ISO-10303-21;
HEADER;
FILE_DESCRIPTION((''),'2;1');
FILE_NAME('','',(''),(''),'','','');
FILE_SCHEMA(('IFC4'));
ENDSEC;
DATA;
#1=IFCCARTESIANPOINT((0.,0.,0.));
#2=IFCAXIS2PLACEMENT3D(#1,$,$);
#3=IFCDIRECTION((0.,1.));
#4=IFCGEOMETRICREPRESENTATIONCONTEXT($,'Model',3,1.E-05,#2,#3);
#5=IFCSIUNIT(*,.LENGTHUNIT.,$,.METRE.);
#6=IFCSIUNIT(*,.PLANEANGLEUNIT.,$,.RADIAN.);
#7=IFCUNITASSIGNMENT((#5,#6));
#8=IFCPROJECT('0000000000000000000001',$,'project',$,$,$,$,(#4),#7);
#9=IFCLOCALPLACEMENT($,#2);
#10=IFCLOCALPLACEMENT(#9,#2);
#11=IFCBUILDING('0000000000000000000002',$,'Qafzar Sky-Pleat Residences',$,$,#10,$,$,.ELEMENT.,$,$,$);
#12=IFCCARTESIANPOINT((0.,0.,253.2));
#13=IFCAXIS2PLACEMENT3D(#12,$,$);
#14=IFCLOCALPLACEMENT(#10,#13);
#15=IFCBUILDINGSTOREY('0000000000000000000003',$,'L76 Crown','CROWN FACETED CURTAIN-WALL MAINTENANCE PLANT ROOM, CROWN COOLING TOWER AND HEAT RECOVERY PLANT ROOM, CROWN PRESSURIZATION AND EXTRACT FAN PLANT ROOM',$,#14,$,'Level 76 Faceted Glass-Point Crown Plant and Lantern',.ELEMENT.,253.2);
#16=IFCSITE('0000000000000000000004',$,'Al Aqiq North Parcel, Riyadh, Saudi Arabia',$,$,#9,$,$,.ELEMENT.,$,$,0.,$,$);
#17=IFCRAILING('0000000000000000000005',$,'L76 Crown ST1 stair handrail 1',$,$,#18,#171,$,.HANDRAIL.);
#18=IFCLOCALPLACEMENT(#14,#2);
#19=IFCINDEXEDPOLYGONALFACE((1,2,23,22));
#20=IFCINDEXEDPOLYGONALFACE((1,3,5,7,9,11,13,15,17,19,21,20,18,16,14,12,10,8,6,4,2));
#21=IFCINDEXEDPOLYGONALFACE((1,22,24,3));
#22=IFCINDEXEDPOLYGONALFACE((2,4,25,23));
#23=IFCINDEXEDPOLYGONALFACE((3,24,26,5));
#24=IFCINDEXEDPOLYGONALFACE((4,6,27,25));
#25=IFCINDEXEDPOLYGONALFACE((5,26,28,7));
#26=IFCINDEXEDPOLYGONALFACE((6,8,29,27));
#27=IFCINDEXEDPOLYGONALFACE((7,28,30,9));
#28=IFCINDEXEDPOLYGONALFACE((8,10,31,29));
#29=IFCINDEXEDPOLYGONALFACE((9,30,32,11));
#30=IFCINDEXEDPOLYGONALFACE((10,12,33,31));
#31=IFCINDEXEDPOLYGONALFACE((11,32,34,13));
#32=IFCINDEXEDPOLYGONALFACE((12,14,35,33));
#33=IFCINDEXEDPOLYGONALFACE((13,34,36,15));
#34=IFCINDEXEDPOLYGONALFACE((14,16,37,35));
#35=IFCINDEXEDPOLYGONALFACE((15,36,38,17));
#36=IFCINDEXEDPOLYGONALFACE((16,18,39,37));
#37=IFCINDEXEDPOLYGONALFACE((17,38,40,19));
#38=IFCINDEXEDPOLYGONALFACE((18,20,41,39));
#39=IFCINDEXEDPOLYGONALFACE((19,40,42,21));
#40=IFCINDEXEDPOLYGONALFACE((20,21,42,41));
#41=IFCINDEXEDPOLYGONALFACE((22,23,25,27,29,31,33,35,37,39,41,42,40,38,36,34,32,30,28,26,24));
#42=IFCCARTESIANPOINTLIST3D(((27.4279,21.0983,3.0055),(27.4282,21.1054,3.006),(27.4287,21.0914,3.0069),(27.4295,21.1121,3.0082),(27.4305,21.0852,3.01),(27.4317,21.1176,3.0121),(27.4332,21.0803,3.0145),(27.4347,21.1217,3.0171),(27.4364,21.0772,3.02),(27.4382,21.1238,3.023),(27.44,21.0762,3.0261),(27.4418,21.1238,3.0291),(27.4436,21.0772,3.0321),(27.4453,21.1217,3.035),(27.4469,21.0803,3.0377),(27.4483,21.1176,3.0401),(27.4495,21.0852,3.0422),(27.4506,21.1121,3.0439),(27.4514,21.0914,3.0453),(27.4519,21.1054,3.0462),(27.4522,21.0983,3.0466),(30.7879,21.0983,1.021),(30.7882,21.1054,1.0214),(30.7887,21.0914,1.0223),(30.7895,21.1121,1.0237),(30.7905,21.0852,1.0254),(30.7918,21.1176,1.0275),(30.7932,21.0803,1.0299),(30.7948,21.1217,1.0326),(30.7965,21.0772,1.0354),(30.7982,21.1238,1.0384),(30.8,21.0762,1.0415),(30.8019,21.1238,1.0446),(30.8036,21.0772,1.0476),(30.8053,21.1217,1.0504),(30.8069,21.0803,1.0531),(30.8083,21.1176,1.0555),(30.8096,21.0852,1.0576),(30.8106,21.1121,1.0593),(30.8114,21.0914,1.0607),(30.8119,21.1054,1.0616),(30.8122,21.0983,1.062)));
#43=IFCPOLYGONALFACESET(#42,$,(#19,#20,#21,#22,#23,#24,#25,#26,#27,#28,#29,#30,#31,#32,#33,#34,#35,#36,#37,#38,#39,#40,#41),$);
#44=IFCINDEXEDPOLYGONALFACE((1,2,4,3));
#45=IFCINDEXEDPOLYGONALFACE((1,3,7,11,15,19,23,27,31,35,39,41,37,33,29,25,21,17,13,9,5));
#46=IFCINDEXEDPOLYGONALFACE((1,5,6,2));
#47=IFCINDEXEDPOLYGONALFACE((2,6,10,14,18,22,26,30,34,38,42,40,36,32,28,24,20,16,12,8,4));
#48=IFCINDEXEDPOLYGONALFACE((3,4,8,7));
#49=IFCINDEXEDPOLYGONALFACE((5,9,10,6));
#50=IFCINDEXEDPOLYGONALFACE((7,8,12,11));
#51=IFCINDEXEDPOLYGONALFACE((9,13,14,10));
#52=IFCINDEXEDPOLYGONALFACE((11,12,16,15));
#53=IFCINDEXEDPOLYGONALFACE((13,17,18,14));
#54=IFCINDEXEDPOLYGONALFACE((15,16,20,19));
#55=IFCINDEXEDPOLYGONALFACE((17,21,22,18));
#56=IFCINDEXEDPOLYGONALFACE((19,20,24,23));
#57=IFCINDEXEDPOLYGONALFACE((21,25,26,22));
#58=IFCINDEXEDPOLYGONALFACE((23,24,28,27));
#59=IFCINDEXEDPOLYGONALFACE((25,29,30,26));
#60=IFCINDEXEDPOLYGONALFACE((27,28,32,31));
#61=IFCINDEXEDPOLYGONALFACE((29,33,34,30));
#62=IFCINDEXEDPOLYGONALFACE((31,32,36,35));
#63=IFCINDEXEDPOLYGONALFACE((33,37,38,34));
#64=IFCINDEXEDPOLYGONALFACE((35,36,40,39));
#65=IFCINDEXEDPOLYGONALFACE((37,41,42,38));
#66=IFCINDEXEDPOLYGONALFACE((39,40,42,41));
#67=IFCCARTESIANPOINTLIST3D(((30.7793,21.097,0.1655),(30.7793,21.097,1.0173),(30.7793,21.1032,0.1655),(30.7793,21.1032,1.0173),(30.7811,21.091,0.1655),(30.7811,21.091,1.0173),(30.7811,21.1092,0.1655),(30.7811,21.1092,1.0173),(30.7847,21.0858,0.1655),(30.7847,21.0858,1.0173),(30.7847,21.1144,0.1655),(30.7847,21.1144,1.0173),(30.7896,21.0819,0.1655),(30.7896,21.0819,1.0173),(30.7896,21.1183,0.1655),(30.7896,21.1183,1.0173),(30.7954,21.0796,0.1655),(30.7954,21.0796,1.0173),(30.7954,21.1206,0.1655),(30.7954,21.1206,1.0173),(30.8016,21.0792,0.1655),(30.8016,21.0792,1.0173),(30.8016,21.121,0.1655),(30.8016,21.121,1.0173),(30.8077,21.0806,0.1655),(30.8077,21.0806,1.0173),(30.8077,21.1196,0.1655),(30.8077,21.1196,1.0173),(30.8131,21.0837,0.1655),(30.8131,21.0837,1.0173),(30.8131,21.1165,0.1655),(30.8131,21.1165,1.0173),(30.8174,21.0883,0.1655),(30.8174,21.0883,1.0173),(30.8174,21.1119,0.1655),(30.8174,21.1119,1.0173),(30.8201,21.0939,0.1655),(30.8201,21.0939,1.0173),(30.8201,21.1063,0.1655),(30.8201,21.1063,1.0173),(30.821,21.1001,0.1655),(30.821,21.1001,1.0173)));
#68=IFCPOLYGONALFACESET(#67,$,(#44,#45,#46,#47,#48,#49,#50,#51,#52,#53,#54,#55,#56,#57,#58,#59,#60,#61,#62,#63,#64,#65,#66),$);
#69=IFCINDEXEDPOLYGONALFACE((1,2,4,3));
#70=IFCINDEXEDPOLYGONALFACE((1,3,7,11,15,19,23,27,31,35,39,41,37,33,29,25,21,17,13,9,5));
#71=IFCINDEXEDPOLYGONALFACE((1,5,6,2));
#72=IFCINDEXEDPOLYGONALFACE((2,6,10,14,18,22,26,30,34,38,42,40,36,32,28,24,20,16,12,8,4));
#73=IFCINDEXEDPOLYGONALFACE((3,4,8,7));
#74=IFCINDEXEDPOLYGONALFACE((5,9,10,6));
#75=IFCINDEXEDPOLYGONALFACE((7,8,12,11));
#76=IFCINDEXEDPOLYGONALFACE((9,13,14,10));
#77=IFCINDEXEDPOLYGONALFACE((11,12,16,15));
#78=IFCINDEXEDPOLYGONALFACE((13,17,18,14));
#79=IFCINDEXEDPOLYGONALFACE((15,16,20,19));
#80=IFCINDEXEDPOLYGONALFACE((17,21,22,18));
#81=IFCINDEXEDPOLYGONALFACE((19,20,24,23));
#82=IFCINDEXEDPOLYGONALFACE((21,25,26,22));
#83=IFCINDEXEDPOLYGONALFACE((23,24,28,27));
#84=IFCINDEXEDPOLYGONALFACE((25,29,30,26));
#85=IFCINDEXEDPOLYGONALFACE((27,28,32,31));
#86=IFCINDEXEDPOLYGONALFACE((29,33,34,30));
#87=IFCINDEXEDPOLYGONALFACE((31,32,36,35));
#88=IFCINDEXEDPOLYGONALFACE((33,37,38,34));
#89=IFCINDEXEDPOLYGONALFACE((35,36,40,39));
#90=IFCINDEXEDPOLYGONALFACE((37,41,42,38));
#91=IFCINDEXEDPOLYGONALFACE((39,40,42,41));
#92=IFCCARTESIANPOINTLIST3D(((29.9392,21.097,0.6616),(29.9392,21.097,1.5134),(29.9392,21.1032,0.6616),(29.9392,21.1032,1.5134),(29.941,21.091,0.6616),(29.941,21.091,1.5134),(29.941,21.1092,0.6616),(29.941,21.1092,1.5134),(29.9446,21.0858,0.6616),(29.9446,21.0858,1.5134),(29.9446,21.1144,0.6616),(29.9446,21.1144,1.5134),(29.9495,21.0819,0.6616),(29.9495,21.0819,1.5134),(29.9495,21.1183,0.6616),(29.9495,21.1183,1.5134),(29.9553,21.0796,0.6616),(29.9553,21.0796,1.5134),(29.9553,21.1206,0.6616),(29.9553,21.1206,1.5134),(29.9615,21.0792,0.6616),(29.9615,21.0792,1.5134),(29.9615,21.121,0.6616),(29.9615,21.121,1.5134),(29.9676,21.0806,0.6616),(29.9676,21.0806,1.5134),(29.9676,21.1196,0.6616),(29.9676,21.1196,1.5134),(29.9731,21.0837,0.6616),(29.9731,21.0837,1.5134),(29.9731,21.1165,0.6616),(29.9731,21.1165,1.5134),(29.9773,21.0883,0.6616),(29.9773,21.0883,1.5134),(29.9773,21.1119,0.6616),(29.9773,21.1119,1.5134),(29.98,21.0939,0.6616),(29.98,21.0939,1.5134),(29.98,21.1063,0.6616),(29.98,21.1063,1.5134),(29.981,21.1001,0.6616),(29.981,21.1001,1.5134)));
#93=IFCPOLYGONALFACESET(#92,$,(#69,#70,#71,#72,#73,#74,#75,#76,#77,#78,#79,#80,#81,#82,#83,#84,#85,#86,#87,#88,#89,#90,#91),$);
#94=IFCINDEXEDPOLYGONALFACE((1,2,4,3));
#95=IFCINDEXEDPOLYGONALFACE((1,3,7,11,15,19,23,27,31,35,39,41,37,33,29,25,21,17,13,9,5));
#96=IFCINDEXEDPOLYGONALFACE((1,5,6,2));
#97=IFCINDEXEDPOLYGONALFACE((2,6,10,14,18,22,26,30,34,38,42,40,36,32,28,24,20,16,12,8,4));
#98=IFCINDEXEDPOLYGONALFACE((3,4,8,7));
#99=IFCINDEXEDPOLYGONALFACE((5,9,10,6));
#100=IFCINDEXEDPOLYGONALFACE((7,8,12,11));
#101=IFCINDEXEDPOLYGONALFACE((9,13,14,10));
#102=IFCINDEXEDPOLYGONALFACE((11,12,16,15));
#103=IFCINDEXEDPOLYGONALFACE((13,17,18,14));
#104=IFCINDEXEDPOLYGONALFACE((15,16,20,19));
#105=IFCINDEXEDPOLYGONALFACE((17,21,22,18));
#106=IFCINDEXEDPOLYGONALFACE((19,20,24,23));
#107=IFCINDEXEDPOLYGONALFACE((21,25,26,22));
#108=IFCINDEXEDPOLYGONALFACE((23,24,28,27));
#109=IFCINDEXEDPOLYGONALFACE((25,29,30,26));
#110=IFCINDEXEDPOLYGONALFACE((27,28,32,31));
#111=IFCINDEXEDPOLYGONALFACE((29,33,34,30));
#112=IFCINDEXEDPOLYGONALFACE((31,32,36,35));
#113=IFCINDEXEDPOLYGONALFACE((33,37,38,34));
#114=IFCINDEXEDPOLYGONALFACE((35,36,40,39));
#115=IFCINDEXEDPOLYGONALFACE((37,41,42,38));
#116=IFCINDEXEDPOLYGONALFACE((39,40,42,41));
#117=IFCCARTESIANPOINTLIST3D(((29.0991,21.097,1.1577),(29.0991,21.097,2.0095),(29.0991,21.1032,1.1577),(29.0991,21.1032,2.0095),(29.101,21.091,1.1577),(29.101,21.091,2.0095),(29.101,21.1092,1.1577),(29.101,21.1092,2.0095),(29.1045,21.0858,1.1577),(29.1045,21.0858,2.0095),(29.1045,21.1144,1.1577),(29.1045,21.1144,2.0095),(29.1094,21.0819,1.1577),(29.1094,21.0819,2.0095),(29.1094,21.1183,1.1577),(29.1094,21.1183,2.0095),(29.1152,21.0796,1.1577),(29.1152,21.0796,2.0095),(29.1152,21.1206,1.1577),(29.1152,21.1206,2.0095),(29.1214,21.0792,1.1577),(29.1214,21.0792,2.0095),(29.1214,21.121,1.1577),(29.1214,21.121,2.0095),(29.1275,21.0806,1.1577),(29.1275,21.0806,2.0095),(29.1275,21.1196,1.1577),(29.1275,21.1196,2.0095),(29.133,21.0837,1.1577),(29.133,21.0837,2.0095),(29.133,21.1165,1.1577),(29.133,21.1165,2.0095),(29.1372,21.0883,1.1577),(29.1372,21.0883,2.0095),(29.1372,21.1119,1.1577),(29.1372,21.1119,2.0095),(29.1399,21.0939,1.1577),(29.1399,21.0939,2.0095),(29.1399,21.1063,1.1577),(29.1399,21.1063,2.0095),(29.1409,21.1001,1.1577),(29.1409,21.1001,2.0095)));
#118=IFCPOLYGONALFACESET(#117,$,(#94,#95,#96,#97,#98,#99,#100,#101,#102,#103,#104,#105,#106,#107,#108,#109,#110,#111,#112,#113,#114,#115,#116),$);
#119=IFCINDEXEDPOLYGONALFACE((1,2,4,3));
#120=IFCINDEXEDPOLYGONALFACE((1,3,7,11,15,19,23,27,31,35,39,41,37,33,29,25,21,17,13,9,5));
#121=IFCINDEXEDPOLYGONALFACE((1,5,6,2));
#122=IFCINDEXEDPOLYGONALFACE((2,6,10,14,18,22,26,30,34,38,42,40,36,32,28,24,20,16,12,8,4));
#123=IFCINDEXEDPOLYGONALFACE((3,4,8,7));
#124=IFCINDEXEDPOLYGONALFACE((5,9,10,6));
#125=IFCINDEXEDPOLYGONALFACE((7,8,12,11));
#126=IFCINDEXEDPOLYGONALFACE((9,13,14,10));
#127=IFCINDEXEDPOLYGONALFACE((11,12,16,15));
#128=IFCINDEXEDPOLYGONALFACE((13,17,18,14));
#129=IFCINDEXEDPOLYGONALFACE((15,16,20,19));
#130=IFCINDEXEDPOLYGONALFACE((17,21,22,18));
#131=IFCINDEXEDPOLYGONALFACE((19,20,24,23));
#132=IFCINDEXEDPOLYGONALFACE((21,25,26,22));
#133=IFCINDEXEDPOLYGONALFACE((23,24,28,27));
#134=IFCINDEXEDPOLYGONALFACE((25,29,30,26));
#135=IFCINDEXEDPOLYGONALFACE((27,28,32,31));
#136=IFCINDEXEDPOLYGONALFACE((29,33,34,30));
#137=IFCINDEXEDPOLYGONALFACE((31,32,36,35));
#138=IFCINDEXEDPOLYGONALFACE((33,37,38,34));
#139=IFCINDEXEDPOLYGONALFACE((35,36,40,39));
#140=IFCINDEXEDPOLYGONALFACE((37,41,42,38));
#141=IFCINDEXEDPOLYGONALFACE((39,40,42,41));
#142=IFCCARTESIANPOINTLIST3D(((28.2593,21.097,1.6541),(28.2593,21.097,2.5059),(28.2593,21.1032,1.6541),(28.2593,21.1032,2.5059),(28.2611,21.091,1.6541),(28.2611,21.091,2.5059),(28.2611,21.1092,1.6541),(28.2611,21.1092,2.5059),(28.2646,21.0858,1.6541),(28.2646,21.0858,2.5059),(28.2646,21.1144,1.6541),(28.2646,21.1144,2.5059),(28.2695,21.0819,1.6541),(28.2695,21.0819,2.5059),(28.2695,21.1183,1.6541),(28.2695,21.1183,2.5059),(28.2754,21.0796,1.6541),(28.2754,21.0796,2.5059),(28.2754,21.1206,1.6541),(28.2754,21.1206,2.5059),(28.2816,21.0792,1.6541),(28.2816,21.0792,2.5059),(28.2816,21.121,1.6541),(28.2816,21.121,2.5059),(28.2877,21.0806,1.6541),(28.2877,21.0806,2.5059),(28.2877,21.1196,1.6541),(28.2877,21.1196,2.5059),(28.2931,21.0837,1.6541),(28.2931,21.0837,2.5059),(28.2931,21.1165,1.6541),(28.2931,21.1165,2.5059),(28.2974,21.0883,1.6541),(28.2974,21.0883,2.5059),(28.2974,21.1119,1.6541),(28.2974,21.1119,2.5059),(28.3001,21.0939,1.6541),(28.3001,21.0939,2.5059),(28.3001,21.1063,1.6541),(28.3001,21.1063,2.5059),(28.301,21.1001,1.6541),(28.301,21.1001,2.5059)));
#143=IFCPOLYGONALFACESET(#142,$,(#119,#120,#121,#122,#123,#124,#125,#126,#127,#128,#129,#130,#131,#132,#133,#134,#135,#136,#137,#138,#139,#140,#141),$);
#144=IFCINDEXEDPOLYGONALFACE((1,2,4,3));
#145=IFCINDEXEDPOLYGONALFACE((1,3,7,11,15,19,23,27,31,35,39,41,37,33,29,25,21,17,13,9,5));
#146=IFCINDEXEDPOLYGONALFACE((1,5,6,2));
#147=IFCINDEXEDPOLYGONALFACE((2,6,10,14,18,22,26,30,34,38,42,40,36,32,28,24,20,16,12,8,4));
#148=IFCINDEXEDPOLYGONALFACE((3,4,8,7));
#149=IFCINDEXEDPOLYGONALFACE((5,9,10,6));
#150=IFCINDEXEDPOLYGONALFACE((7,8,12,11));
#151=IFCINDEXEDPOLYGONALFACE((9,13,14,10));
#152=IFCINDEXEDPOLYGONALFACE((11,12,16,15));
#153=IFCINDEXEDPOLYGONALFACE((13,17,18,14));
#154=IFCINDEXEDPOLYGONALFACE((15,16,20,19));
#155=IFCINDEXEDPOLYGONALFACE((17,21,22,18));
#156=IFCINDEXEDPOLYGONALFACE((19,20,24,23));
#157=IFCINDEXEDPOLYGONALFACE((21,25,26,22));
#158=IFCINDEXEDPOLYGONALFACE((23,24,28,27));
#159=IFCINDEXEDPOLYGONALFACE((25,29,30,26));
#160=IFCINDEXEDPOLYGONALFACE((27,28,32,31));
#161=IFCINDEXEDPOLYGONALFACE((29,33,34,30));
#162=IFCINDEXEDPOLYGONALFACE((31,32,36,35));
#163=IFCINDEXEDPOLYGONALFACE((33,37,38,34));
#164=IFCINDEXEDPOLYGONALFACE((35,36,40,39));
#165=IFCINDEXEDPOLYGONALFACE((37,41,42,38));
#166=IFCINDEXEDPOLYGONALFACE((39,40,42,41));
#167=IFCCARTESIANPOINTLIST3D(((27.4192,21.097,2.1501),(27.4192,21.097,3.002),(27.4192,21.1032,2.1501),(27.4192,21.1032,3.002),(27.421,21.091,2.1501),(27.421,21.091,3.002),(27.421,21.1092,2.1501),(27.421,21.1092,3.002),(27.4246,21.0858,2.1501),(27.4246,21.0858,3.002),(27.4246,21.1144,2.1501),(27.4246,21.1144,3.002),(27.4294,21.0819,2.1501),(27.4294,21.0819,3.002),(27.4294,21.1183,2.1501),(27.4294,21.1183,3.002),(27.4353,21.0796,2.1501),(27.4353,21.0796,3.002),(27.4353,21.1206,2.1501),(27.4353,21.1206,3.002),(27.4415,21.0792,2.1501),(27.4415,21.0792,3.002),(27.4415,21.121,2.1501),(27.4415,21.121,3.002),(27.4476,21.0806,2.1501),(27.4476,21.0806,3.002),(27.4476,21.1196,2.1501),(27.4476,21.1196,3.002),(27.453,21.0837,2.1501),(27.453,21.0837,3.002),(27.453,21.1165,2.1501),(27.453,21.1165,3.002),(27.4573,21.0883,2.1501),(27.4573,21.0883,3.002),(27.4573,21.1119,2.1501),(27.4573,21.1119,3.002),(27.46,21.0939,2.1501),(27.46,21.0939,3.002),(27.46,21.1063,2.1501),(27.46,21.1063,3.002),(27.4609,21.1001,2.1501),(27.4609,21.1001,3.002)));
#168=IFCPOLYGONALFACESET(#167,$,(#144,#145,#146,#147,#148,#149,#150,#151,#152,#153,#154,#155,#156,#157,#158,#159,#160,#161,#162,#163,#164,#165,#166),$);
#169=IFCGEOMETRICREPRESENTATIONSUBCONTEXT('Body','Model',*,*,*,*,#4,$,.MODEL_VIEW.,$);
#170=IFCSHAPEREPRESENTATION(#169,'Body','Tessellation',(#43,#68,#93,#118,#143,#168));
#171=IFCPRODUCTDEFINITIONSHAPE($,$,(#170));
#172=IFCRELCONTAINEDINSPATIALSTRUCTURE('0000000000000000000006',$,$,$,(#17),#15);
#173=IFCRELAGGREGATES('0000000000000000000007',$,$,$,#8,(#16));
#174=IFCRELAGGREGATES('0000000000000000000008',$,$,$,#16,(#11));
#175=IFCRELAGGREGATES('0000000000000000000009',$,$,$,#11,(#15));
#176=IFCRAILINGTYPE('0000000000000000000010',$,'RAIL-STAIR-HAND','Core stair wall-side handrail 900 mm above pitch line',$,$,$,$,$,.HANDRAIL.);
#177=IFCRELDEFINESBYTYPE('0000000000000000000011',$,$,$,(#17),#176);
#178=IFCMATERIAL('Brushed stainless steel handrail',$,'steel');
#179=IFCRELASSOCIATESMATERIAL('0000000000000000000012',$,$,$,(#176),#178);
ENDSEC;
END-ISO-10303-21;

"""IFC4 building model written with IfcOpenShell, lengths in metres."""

from ifc_helpers import new_model, si_unit, direction, frame, origin, origin_2d, place, context, subcontext, project, spatial, circle, extrude, source, transform, mapped, material, type_object, element, save


model = new_model("IFC4")

# Units and contexts
model_context = context("Model", 3, precision=1e-05, world=origin(), true_north=direction((0.0, 1.0)))
body_context = subcontext(model_context, "Body", "Model", "MODEL_VIEW")
ifc_project = project(units=[si_unit("LENGTHUNIT", "METRE"), si_unit("PLANEANGLEUNIT", "RADIAN")], contexts=[model_context])

# Site, building, storey
site_placement = place(None, origin())
site = spatial("IfcSite", under=ifc_project, at=site_placement, Name="Al Aqiq North Parcel, Riyadh, Saudi Arabia", CompositionType="ELEMENT", RefElevation=0.0)
building_placement = place(site_placement, origin())
building = spatial("IfcBuilding", under=site, at=building_placement, Name="Qafzar Sky-Pleat Residences", CompositionType="ELEMENT")
storey_placement = place(building_placement, frame((0.0, 0.0, 253.2)))
storey = spatial("IfcBuildingStorey", under=building, at=storey_placement, Name="L76 Crown", Description="CROWN FACETED CURTAIN-WALL MAINTENANCE PLANT ROOM, CROWN COOLING TOWER AND HEAT RECOVERY PLANT ROOM, CROWN PRESSURIZATION AND EXTRACT FAN PLANT ROOM", LongName="Level 76 Faceted Glass-Point Crown Plant and Lantern", CompositionType="ELEMENT", Elevation=253.2)

# Railing
ifc_material_1 = material(Name="Brushed stainless steel handrail", Category="steel")
railing_type_1 = type_object("IfcRailingType", Name="RAIL-STAIR-HAND", Description="Core stair wall-side handrail 900 mm above pitch line", PredefinedType="HANDRAIL", material=ifc_material_1)
shared_shape_1 = source(origin(), body_context, "Body", "SweptSolid", [
    extrude(circle(Radius=0.0239, at=origin_2d()), frame((0.0, 0.0, 0.876), z_axis=(-0.861027, 0.0, 0.508559), x_axis=(0.0, -1.0, 0.0)), (0.0, 0.0, 1.0), 3.9023),
    extrude(circle(Radius=0.021, at=origin_2d()), origin(), (0.0, 0.0, 1.0), 0.8518),
    extrude(circle(Radius=0.021, at=origin_2d()), frame((-0.8401, 0.0, 0.4961)), (0.0, 0.0, 1.0), 0.8518),
    extrude(circle(Radius=0.021, at=origin_2d()), frame((-1.6802, 0.0, 0.9922)), (0.0, 0.0, 1.0), 0.8518),
    extrude(circle(Radius=0.021, at=origin_2d()), frame((-2.52, 0.0, 1.4885)), (0.0, 0.0, 1.0), 0.8518),
    extrude(circle(Radius=0.021, at=origin_2d()), frame((-3.3601, 0.0, 1.9846)), (0.0, 0.0, 1.0), 0.8518),
])
railing_1_placement = place(storey_placement, frame((30.8, 21.1001, 0.1655)))
element("IfcRailing", 1, at=railing_1_placement, inside=storey, type_object=railing_type_1, Name="L76 Crown ST1 stair handrail 1", PredefinedType="HANDRAIL", context=body_context, shape_type="MappedRepresentation", body=[
    mapped(shared_shape_1, transform((0.0, 0.0, 0.0), x_axis=(1.0, 0.0, 0.0), y_axis=(0.0, 1.0, 0.0), z_axis=(0.0, 0.0, 1.0), scale=1.0)),
])

save(model, "model.ifc")
